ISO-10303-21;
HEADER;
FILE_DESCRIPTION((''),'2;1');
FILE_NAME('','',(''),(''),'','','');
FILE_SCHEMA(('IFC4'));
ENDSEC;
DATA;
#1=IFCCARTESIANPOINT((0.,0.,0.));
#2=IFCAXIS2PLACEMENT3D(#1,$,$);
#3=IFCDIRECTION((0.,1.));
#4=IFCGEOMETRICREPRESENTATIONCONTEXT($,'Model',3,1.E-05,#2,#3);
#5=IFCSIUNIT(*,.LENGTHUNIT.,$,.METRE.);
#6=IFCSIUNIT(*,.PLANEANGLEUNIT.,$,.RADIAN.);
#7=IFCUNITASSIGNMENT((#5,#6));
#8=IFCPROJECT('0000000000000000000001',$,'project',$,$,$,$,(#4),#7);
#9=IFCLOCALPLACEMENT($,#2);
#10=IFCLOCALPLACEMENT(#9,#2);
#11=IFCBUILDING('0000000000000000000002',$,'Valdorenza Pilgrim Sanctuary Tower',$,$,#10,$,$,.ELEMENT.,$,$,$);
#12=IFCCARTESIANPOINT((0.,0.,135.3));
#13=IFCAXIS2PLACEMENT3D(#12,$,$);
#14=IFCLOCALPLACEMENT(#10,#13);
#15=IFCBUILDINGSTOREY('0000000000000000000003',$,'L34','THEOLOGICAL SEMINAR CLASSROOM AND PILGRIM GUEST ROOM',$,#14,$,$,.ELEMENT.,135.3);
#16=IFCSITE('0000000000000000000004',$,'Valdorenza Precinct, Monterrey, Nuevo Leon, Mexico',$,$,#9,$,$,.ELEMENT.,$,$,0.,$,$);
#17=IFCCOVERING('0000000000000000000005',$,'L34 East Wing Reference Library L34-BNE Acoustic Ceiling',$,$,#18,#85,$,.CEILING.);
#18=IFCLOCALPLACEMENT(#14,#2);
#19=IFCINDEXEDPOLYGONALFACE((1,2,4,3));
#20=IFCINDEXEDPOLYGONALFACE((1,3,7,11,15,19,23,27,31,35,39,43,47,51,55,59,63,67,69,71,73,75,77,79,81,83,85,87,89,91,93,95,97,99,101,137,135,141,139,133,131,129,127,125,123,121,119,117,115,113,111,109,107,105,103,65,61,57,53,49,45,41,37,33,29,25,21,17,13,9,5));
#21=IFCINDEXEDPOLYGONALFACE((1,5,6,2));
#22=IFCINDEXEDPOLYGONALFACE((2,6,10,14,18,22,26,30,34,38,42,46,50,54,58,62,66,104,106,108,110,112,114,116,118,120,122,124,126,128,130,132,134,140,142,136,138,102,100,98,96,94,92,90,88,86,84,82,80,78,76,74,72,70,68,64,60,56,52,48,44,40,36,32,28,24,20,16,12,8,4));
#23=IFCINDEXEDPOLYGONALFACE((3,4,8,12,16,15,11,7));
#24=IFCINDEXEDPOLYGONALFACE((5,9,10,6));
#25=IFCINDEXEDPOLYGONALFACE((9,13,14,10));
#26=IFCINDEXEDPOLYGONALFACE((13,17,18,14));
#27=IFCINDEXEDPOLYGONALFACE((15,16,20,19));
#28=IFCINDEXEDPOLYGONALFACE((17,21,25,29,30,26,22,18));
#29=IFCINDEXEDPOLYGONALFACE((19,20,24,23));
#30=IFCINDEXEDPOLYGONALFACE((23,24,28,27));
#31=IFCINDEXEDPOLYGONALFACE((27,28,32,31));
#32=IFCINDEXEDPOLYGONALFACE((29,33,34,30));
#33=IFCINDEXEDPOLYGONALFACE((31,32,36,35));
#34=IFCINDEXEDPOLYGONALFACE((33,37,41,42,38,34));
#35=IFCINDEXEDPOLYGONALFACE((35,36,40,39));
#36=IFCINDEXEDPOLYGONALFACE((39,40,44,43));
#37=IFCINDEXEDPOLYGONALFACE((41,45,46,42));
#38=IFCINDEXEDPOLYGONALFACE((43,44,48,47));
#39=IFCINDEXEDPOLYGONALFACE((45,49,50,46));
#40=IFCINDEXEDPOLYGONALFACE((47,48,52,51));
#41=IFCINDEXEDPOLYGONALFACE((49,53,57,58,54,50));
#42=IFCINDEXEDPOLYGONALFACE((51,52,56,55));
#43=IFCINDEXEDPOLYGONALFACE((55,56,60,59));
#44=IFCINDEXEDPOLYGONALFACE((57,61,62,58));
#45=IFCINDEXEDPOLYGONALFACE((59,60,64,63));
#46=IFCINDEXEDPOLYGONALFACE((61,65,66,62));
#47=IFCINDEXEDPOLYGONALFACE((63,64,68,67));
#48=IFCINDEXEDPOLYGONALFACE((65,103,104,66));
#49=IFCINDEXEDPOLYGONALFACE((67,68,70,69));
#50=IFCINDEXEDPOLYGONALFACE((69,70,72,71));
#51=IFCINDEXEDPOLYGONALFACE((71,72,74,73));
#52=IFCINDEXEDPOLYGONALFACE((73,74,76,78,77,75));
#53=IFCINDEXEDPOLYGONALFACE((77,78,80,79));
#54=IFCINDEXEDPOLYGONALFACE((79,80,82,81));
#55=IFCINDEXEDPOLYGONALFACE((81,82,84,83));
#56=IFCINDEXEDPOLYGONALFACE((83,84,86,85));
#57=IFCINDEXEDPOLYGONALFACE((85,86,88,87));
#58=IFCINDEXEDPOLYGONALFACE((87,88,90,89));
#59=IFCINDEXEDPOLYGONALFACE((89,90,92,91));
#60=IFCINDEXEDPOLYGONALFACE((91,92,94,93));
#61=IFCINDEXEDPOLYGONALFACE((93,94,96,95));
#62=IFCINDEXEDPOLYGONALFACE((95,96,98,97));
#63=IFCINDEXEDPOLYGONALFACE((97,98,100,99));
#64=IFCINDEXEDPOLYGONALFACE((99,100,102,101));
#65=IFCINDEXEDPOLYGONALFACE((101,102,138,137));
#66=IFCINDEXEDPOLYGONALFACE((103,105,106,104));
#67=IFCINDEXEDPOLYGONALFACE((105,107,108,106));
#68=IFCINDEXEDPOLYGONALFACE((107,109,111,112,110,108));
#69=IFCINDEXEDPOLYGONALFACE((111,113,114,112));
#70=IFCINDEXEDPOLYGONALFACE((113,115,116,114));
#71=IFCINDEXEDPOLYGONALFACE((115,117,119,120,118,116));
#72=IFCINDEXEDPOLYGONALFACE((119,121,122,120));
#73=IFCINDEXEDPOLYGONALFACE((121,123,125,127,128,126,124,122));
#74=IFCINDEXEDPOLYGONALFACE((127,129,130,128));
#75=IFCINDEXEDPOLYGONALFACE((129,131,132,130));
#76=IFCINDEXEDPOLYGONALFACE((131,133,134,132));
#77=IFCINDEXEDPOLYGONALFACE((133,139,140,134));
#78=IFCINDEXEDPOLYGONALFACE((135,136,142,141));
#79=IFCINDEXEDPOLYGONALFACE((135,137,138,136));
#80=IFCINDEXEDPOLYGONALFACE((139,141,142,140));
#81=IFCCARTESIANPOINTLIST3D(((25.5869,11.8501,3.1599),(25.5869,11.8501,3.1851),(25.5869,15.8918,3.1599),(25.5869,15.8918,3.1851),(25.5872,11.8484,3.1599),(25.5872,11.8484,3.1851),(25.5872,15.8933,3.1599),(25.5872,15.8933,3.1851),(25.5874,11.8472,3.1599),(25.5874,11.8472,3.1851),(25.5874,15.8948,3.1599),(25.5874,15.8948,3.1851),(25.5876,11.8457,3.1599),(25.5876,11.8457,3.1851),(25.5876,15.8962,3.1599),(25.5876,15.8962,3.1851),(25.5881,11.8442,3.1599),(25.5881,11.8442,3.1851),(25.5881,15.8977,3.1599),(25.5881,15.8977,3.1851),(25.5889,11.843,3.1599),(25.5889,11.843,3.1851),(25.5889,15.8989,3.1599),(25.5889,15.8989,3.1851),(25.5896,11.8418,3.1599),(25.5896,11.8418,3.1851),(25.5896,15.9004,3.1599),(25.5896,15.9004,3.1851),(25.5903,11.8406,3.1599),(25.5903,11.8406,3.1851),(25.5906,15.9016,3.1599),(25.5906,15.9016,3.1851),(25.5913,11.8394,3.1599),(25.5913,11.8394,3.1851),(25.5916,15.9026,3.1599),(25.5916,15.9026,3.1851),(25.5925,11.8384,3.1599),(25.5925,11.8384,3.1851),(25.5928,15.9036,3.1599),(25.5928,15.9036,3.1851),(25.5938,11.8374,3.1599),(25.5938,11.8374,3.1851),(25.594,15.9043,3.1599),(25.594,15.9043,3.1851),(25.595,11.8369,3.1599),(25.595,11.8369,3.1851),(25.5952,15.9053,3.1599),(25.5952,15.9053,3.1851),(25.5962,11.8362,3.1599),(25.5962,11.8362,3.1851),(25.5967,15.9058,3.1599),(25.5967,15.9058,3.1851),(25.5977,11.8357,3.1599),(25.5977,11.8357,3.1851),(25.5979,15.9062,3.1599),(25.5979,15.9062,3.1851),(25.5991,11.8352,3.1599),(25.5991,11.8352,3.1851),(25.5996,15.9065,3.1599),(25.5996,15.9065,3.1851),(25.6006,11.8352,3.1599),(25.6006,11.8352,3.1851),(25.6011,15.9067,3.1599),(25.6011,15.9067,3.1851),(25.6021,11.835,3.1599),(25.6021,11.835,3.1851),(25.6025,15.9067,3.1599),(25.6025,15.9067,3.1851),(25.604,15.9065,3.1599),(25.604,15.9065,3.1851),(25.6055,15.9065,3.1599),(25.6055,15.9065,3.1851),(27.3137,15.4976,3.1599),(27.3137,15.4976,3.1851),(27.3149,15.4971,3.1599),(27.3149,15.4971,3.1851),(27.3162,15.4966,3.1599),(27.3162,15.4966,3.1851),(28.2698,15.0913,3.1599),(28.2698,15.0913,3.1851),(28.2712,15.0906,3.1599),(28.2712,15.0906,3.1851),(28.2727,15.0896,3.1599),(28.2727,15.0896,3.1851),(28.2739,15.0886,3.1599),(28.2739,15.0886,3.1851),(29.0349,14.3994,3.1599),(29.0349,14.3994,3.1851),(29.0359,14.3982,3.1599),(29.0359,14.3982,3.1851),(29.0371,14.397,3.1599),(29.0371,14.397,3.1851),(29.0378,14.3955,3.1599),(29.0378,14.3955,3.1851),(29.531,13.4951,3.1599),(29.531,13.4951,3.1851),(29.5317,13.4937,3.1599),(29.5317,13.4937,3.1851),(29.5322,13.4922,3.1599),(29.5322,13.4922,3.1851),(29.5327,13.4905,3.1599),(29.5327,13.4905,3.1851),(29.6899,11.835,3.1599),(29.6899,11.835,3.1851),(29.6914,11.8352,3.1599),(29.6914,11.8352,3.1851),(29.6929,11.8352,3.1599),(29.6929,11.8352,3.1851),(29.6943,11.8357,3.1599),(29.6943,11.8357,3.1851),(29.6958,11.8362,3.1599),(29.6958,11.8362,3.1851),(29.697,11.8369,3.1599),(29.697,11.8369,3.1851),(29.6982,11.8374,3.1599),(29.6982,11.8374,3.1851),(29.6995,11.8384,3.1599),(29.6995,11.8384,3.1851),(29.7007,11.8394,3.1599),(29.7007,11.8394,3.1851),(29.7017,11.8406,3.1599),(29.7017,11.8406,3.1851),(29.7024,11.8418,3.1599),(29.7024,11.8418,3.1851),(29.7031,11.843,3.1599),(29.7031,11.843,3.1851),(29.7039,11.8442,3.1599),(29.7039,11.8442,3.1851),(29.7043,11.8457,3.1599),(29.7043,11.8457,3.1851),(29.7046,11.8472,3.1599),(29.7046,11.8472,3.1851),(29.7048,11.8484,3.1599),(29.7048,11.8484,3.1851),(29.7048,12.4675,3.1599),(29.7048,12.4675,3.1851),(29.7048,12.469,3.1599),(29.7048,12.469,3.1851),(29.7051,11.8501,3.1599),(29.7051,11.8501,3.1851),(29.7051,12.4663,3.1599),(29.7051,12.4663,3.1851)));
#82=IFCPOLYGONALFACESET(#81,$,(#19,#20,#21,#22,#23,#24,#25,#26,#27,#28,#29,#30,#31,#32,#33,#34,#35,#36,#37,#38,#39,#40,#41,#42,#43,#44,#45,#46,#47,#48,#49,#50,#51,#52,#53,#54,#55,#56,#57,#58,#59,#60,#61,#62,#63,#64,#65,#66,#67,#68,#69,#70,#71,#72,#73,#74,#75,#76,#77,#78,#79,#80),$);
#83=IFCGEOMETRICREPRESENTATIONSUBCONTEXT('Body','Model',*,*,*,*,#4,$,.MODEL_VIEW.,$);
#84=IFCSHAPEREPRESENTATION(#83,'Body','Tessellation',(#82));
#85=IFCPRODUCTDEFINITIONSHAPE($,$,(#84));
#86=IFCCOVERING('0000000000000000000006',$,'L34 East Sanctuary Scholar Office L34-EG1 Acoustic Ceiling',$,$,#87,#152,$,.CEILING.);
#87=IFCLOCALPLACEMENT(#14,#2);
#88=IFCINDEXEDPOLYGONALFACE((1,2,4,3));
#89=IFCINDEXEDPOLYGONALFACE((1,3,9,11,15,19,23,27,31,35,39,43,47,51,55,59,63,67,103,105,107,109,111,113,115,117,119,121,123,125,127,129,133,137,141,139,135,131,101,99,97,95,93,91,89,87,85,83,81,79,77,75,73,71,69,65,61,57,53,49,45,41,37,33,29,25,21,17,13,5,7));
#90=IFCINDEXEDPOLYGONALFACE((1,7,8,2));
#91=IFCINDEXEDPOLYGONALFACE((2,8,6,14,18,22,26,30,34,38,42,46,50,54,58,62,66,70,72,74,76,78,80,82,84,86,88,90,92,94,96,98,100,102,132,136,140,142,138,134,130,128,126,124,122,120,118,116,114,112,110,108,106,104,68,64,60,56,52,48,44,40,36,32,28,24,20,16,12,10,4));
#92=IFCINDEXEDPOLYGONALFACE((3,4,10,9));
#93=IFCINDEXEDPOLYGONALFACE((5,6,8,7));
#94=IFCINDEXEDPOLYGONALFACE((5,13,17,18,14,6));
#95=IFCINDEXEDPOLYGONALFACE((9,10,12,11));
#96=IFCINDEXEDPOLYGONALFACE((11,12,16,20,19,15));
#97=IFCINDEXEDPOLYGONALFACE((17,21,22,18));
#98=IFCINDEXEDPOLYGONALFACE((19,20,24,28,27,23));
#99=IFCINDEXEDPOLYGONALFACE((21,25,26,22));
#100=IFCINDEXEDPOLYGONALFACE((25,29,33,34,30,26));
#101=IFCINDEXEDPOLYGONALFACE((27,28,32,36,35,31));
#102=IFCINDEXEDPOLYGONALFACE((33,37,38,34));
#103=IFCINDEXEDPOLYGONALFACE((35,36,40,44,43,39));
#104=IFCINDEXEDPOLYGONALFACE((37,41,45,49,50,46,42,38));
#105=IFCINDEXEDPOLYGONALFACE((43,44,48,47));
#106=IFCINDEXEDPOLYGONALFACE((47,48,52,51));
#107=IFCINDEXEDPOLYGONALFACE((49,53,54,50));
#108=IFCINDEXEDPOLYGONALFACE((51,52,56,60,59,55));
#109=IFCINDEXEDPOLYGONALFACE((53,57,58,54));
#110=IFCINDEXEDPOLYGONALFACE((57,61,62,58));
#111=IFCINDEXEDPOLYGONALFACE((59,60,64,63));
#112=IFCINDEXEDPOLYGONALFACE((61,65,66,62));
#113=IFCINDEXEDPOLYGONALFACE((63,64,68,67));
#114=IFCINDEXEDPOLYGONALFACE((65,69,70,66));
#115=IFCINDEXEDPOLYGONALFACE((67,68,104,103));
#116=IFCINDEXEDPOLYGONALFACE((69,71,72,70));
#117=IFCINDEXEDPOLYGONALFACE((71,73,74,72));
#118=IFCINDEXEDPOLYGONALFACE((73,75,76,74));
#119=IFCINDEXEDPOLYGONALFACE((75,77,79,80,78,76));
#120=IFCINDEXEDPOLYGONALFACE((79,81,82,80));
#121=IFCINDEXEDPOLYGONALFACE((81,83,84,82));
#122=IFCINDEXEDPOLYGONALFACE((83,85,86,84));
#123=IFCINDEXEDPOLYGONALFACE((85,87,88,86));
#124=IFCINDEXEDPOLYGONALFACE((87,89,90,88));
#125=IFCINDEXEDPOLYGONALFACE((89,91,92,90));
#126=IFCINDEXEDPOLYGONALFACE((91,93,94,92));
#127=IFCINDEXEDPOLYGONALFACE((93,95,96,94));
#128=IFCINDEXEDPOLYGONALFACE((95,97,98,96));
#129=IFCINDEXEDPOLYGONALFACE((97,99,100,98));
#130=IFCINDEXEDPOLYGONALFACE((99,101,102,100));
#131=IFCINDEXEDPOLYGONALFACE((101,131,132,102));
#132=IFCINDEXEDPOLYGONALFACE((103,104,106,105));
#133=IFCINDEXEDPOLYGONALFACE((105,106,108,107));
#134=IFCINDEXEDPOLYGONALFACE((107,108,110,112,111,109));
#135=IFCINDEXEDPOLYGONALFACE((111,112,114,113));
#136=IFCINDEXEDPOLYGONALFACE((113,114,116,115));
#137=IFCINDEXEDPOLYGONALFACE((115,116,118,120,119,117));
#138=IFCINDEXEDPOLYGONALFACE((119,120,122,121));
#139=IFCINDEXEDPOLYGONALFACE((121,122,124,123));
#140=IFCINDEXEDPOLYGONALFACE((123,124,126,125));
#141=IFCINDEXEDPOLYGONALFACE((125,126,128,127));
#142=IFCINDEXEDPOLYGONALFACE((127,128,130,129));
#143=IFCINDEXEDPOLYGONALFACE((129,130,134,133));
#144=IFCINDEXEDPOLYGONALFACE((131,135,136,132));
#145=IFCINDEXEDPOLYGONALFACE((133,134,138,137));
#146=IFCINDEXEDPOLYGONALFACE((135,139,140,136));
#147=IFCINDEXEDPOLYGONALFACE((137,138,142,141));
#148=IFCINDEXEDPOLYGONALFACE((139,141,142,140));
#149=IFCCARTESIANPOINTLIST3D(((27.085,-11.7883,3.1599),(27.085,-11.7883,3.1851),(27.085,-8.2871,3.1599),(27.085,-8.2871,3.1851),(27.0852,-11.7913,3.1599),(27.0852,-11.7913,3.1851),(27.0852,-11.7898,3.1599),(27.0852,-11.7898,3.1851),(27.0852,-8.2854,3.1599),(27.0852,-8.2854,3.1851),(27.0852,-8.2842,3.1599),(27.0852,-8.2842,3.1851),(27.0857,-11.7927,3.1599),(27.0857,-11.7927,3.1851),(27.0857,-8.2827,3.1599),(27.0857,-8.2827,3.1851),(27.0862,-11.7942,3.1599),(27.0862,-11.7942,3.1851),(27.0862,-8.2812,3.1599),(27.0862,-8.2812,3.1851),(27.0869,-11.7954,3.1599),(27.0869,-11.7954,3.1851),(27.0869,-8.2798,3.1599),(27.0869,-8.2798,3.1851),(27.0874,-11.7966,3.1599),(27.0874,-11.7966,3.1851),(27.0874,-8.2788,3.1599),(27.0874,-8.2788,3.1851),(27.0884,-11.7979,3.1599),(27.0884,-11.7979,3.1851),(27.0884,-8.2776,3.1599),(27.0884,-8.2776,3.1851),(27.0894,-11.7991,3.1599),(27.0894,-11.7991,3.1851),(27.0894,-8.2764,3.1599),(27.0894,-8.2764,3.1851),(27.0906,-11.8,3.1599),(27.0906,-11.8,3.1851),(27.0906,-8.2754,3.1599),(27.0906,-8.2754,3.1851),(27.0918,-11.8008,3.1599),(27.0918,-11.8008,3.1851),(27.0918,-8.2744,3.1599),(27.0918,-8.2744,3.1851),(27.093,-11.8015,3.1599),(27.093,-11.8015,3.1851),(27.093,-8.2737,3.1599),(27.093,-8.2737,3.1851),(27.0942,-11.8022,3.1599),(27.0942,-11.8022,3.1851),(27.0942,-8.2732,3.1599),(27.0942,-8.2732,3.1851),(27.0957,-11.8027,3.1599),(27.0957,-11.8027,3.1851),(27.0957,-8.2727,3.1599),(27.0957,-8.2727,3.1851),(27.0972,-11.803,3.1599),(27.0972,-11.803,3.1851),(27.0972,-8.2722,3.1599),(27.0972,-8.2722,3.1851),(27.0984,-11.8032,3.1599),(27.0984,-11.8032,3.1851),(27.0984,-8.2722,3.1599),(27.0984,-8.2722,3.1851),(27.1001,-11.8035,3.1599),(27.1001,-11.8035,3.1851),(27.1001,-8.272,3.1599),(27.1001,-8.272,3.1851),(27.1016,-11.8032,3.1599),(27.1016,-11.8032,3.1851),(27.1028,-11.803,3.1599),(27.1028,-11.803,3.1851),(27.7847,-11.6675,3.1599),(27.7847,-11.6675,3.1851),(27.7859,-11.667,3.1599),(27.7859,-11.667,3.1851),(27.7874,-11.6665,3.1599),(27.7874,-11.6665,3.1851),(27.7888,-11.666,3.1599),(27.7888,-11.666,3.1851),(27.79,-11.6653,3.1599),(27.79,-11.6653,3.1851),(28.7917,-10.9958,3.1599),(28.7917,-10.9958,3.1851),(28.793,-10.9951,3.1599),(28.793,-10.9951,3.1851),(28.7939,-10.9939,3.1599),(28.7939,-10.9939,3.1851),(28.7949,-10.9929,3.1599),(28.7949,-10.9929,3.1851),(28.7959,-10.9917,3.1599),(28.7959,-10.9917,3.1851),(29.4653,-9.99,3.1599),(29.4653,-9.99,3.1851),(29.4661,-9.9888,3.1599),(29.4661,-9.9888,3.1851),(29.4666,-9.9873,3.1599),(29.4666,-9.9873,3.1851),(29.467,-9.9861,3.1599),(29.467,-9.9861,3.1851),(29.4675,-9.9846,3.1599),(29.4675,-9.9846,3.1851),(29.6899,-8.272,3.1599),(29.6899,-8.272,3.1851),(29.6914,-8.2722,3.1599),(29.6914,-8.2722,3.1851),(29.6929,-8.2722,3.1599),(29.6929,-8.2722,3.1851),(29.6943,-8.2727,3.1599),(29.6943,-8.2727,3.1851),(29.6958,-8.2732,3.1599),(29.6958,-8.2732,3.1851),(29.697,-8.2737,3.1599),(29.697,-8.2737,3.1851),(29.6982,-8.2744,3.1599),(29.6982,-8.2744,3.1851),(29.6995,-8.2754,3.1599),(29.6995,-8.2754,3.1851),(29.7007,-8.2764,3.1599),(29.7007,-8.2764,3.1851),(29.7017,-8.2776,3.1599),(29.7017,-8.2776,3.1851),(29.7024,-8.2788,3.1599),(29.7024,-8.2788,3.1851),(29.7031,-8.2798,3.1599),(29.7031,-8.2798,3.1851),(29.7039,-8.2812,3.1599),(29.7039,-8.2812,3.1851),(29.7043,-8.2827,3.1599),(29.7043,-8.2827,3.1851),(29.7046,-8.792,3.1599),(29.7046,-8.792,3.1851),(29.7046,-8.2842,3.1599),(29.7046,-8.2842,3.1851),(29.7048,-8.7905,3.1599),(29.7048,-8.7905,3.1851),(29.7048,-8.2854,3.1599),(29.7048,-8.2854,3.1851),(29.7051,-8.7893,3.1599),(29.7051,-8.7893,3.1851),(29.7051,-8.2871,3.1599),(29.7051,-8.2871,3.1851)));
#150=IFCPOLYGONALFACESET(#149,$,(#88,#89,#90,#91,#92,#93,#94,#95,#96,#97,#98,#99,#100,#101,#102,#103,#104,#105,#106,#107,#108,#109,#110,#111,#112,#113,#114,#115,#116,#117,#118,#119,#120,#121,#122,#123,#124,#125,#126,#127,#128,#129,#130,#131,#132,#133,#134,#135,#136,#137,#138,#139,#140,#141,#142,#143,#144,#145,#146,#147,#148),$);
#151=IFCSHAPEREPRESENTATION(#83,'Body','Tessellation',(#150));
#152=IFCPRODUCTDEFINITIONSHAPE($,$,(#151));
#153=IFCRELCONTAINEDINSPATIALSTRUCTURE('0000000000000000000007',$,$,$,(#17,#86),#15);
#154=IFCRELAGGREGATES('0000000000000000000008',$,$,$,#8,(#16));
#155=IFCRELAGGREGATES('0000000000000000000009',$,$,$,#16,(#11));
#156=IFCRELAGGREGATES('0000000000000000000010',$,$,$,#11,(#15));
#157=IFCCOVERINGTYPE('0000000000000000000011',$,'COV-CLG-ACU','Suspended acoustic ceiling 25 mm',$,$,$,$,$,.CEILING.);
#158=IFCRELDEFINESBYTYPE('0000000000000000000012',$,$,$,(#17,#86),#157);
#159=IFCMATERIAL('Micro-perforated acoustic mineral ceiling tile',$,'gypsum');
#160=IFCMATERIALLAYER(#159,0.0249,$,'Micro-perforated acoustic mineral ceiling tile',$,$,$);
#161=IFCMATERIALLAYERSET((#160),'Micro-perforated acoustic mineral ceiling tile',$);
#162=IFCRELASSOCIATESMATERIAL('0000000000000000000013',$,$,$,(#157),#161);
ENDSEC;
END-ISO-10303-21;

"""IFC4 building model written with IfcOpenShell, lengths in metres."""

from ifc_helpers import new_model, si_unit, direction, frame, origin, place, context, subcontext, project, spatial, polyline, outline, extrude, material, layer, layer_set, type_object, element, save


model = new_model("IFC4")

# Units and contexts
model_context = context("Model", 3, precision=1e-05, world=origin(), true_north=direction((0.0, 1.0)))
body_context = subcontext(model_context, "Body", "Model", "MODEL_VIEW")
ifc_project = project(units=[si_unit("LENGTHUNIT", "METRE"), si_unit("PLANEANGLEUNIT", "RADIAN")], contexts=[model_context])

# Site, building, storey
site_placement = place(None, origin())
site = spatial("IfcSite", under=ifc_project, at=site_placement, Name="Valdorenza Precinct, Monterrey, Nuevo Leon, Mexico", CompositionType="ELEMENT", RefElevation=0.0)
building_placement = place(site_placement, origin())
building = spatial("IfcBuilding", under=site, at=building_placement, Name="Valdorenza Pilgrim Sanctuary Tower", CompositionType="ELEMENT")
storey_placement = place(building_placement, frame((0.0, 0.0, 135.3)))
storey = spatial("IfcBuildingStorey", under=building, at=storey_placement, Name="L34", Description="THEOLOGICAL SEMINAR CLASSROOM AND PILGRIM GUEST ROOM", CompositionType="ELEMENT", Elevation=135.3)

# Coverings
ifc_material_1 = material(Name="Micro-perforated acoustic mineral ceiling tile", Category="gypsum")
ifc_layer_1 = layer(ifc_material_1, 0.0249, Name="Micro-perforated acoustic mineral ceiling tile")
ifc_layer_set_1 = layer_set([ifc_layer_1], Name="Micro-perforated acoustic mineral ceiling tile")
covering_type_1 = type_object("IfcCoveringType", Name="COV-CLG-ACU", Description="Suspended acoustic ceiling 25 mm", PredefinedType="CEILING", material=ifc_layer_set_1)
covering_1_placement = place(storey_placement, frame((0.0, 0.0, 3.1599)))
element("IfcCovering", 1, at=covering_1_placement, inside=storey, type_object=covering_type_1, Name="L34 East Wing Reference Library L34-BNE Acoustic Ceiling", PredefinedType="CEILING", context=body_context, shape_type="SweptSolid", body=[
    extrude(outline(polyline([(27.3137, 15.4976), (27.3149, 15.4971), (27.3162, 15.4966), (28.2698, 15.0913), (28.2712, 15.0906), (28.2727, 15.0896), (28.2739, 15.0886), (29.0349, 14.3994), (29.0359, 14.3982), (29.0371, 14.397), (29.0378, 14.3955), (29.531, 13.4951), (29.5317, 13.4937), (29.5322, 13.4922), (29.5327, 13.4905), (29.7048, 12.469), (29.7048, 12.4675), (29.7051, 12.4663), (29.7051, 11.8501), (29.7048, 11.8484), (29.7046, 11.8472), (29.7043, 11.8457), (29.7039, 11.8442), (29.7031, 11.843), (29.7024, 11.8418), (29.7017, 11.8406), (29.7007, 11.8394), (29.6995, 11.8384), (29.6982, 11.8374), (29.697, 11.8369), (29.6958, 11.8362), (29.6943, 11.8357), (29.6929, 11.8352), (29.6914, 11.8352), (29.6899, 11.835), (25.6021, 11.835), (25.6006, 11.8352), (25.5991, 11.8352), (25.5977, 11.8357), (25.5962, 11.8362), (25.595, 11.8369), (25.5938, 11.8374), (25.5925, 11.8384), (25.5913, 11.8394), (25.5903, 11.8406), (25.5896, 11.8418), (25.5889, 11.843), (25.5881, 11.8442), (25.5876, 11.8457), (25.5874, 11.8472), (25.5872, 11.8484), (25.5869, 11.8501), (25.5869, 15.8918), (25.5872, 15.8933), (25.5874, 15.8948), (25.5876, 15.8962), (25.5881, 15.8977), (25.5889, 15.8989), (25.5896, 15.9004), (25.5906, 15.9016), (25.5916, 15.9026), (25.5928, 15.9036), (25.594, 15.9043), (25.5952, 15.9053), (25.5967, 15.9058), (25.5979, 15.9062), (25.5996, 15.9065), (25.6011, 15.9067), (25.6025, 15.9067), (25.604, 15.9065), (25.6055, 15.9065), (27.3137, 15.4976)])), origin(), (0.0, 0.0, 1.0), 0.0251),
])
covering_2_placement = place(storey_placement, frame((0.0, 0.0, 3.1599)))
element("IfcCovering", 2, at=covering_2_placement, inside=storey, type_object=covering_type_1, Name="L34 East Sanctuary Scholar Office L34-EG1 Acoustic Ceiling", PredefinedType="CEILING", context=body_context, shape_type="SweptSolid", body=[
    extrude(outline(polyline([(29.4675, -9.9846), (29.467, -9.9861), (29.4666, -9.9873), (29.4661, -9.9888), (29.4653, -9.99), (28.7959, -10.9917), (28.7949, -10.9929), (28.7939, -10.9939), (28.793, -10.9951), (28.7917, -10.9958), (27.79, -11.6653), (27.7888, -11.666), (27.7874, -11.6665), (27.7859, -11.667), (27.7847, -11.6675), (27.1028, -11.803), (27.1016, -11.8032), (27.1001, -11.8035), (27.0984, -11.8032), (27.0972, -11.803), (27.0957, -11.8027), (27.0942, -11.8022), (27.093, -11.8015), (27.0918, -11.8008), (27.0906, -11.8), (27.0894, -11.7991), (27.0884, -11.7979), (27.0874, -11.7966), (27.0869, -11.7954), (27.0862, -11.7942), (27.0857, -11.7927), (27.0852, -11.7913), (27.0852, -11.7898), (27.085, -11.7883), (27.085, -8.2871), (27.0852, -8.2854), (27.0852, -8.2842), (27.0857, -8.2827), (27.0862, -8.2812), (27.0869, -8.2798), (27.0874, -8.2788), (27.0884, -8.2776), (27.0894, -8.2764), (27.0906, -8.2754), (27.0918, -8.2744), (27.093, -8.2737), (27.0942, -8.2732), (27.0957, -8.2727), (27.0972, -8.2722), (27.0984, -8.2722), (27.1001, -8.272), (29.6899, -8.272), (29.6914, -8.2722), (29.6929, -8.2722), (29.6943, -8.2727), (29.6958, -8.2732), (29.697, -8.2737), (29.6982, -8.2744), (29.6995, -8.2754), (29.7007, -8.2764), (29.7017, -8.2776), (29.7024, -8.2788), (29.7031, -8.2798), (29.7039, -8.2812), (29.7043, -8.2827), (29.7046, -8.2842), (29.7048, -8.2854), (29.7051, -8.2871), (29.7051, -8.7893), (29.7048, -8.7905), (29.7046, -8.792), (29.4675, -9.9846)])), origin(), (0.0, 0.0, 1.0), 0.0251),
])

save(model, "model.ifc")
